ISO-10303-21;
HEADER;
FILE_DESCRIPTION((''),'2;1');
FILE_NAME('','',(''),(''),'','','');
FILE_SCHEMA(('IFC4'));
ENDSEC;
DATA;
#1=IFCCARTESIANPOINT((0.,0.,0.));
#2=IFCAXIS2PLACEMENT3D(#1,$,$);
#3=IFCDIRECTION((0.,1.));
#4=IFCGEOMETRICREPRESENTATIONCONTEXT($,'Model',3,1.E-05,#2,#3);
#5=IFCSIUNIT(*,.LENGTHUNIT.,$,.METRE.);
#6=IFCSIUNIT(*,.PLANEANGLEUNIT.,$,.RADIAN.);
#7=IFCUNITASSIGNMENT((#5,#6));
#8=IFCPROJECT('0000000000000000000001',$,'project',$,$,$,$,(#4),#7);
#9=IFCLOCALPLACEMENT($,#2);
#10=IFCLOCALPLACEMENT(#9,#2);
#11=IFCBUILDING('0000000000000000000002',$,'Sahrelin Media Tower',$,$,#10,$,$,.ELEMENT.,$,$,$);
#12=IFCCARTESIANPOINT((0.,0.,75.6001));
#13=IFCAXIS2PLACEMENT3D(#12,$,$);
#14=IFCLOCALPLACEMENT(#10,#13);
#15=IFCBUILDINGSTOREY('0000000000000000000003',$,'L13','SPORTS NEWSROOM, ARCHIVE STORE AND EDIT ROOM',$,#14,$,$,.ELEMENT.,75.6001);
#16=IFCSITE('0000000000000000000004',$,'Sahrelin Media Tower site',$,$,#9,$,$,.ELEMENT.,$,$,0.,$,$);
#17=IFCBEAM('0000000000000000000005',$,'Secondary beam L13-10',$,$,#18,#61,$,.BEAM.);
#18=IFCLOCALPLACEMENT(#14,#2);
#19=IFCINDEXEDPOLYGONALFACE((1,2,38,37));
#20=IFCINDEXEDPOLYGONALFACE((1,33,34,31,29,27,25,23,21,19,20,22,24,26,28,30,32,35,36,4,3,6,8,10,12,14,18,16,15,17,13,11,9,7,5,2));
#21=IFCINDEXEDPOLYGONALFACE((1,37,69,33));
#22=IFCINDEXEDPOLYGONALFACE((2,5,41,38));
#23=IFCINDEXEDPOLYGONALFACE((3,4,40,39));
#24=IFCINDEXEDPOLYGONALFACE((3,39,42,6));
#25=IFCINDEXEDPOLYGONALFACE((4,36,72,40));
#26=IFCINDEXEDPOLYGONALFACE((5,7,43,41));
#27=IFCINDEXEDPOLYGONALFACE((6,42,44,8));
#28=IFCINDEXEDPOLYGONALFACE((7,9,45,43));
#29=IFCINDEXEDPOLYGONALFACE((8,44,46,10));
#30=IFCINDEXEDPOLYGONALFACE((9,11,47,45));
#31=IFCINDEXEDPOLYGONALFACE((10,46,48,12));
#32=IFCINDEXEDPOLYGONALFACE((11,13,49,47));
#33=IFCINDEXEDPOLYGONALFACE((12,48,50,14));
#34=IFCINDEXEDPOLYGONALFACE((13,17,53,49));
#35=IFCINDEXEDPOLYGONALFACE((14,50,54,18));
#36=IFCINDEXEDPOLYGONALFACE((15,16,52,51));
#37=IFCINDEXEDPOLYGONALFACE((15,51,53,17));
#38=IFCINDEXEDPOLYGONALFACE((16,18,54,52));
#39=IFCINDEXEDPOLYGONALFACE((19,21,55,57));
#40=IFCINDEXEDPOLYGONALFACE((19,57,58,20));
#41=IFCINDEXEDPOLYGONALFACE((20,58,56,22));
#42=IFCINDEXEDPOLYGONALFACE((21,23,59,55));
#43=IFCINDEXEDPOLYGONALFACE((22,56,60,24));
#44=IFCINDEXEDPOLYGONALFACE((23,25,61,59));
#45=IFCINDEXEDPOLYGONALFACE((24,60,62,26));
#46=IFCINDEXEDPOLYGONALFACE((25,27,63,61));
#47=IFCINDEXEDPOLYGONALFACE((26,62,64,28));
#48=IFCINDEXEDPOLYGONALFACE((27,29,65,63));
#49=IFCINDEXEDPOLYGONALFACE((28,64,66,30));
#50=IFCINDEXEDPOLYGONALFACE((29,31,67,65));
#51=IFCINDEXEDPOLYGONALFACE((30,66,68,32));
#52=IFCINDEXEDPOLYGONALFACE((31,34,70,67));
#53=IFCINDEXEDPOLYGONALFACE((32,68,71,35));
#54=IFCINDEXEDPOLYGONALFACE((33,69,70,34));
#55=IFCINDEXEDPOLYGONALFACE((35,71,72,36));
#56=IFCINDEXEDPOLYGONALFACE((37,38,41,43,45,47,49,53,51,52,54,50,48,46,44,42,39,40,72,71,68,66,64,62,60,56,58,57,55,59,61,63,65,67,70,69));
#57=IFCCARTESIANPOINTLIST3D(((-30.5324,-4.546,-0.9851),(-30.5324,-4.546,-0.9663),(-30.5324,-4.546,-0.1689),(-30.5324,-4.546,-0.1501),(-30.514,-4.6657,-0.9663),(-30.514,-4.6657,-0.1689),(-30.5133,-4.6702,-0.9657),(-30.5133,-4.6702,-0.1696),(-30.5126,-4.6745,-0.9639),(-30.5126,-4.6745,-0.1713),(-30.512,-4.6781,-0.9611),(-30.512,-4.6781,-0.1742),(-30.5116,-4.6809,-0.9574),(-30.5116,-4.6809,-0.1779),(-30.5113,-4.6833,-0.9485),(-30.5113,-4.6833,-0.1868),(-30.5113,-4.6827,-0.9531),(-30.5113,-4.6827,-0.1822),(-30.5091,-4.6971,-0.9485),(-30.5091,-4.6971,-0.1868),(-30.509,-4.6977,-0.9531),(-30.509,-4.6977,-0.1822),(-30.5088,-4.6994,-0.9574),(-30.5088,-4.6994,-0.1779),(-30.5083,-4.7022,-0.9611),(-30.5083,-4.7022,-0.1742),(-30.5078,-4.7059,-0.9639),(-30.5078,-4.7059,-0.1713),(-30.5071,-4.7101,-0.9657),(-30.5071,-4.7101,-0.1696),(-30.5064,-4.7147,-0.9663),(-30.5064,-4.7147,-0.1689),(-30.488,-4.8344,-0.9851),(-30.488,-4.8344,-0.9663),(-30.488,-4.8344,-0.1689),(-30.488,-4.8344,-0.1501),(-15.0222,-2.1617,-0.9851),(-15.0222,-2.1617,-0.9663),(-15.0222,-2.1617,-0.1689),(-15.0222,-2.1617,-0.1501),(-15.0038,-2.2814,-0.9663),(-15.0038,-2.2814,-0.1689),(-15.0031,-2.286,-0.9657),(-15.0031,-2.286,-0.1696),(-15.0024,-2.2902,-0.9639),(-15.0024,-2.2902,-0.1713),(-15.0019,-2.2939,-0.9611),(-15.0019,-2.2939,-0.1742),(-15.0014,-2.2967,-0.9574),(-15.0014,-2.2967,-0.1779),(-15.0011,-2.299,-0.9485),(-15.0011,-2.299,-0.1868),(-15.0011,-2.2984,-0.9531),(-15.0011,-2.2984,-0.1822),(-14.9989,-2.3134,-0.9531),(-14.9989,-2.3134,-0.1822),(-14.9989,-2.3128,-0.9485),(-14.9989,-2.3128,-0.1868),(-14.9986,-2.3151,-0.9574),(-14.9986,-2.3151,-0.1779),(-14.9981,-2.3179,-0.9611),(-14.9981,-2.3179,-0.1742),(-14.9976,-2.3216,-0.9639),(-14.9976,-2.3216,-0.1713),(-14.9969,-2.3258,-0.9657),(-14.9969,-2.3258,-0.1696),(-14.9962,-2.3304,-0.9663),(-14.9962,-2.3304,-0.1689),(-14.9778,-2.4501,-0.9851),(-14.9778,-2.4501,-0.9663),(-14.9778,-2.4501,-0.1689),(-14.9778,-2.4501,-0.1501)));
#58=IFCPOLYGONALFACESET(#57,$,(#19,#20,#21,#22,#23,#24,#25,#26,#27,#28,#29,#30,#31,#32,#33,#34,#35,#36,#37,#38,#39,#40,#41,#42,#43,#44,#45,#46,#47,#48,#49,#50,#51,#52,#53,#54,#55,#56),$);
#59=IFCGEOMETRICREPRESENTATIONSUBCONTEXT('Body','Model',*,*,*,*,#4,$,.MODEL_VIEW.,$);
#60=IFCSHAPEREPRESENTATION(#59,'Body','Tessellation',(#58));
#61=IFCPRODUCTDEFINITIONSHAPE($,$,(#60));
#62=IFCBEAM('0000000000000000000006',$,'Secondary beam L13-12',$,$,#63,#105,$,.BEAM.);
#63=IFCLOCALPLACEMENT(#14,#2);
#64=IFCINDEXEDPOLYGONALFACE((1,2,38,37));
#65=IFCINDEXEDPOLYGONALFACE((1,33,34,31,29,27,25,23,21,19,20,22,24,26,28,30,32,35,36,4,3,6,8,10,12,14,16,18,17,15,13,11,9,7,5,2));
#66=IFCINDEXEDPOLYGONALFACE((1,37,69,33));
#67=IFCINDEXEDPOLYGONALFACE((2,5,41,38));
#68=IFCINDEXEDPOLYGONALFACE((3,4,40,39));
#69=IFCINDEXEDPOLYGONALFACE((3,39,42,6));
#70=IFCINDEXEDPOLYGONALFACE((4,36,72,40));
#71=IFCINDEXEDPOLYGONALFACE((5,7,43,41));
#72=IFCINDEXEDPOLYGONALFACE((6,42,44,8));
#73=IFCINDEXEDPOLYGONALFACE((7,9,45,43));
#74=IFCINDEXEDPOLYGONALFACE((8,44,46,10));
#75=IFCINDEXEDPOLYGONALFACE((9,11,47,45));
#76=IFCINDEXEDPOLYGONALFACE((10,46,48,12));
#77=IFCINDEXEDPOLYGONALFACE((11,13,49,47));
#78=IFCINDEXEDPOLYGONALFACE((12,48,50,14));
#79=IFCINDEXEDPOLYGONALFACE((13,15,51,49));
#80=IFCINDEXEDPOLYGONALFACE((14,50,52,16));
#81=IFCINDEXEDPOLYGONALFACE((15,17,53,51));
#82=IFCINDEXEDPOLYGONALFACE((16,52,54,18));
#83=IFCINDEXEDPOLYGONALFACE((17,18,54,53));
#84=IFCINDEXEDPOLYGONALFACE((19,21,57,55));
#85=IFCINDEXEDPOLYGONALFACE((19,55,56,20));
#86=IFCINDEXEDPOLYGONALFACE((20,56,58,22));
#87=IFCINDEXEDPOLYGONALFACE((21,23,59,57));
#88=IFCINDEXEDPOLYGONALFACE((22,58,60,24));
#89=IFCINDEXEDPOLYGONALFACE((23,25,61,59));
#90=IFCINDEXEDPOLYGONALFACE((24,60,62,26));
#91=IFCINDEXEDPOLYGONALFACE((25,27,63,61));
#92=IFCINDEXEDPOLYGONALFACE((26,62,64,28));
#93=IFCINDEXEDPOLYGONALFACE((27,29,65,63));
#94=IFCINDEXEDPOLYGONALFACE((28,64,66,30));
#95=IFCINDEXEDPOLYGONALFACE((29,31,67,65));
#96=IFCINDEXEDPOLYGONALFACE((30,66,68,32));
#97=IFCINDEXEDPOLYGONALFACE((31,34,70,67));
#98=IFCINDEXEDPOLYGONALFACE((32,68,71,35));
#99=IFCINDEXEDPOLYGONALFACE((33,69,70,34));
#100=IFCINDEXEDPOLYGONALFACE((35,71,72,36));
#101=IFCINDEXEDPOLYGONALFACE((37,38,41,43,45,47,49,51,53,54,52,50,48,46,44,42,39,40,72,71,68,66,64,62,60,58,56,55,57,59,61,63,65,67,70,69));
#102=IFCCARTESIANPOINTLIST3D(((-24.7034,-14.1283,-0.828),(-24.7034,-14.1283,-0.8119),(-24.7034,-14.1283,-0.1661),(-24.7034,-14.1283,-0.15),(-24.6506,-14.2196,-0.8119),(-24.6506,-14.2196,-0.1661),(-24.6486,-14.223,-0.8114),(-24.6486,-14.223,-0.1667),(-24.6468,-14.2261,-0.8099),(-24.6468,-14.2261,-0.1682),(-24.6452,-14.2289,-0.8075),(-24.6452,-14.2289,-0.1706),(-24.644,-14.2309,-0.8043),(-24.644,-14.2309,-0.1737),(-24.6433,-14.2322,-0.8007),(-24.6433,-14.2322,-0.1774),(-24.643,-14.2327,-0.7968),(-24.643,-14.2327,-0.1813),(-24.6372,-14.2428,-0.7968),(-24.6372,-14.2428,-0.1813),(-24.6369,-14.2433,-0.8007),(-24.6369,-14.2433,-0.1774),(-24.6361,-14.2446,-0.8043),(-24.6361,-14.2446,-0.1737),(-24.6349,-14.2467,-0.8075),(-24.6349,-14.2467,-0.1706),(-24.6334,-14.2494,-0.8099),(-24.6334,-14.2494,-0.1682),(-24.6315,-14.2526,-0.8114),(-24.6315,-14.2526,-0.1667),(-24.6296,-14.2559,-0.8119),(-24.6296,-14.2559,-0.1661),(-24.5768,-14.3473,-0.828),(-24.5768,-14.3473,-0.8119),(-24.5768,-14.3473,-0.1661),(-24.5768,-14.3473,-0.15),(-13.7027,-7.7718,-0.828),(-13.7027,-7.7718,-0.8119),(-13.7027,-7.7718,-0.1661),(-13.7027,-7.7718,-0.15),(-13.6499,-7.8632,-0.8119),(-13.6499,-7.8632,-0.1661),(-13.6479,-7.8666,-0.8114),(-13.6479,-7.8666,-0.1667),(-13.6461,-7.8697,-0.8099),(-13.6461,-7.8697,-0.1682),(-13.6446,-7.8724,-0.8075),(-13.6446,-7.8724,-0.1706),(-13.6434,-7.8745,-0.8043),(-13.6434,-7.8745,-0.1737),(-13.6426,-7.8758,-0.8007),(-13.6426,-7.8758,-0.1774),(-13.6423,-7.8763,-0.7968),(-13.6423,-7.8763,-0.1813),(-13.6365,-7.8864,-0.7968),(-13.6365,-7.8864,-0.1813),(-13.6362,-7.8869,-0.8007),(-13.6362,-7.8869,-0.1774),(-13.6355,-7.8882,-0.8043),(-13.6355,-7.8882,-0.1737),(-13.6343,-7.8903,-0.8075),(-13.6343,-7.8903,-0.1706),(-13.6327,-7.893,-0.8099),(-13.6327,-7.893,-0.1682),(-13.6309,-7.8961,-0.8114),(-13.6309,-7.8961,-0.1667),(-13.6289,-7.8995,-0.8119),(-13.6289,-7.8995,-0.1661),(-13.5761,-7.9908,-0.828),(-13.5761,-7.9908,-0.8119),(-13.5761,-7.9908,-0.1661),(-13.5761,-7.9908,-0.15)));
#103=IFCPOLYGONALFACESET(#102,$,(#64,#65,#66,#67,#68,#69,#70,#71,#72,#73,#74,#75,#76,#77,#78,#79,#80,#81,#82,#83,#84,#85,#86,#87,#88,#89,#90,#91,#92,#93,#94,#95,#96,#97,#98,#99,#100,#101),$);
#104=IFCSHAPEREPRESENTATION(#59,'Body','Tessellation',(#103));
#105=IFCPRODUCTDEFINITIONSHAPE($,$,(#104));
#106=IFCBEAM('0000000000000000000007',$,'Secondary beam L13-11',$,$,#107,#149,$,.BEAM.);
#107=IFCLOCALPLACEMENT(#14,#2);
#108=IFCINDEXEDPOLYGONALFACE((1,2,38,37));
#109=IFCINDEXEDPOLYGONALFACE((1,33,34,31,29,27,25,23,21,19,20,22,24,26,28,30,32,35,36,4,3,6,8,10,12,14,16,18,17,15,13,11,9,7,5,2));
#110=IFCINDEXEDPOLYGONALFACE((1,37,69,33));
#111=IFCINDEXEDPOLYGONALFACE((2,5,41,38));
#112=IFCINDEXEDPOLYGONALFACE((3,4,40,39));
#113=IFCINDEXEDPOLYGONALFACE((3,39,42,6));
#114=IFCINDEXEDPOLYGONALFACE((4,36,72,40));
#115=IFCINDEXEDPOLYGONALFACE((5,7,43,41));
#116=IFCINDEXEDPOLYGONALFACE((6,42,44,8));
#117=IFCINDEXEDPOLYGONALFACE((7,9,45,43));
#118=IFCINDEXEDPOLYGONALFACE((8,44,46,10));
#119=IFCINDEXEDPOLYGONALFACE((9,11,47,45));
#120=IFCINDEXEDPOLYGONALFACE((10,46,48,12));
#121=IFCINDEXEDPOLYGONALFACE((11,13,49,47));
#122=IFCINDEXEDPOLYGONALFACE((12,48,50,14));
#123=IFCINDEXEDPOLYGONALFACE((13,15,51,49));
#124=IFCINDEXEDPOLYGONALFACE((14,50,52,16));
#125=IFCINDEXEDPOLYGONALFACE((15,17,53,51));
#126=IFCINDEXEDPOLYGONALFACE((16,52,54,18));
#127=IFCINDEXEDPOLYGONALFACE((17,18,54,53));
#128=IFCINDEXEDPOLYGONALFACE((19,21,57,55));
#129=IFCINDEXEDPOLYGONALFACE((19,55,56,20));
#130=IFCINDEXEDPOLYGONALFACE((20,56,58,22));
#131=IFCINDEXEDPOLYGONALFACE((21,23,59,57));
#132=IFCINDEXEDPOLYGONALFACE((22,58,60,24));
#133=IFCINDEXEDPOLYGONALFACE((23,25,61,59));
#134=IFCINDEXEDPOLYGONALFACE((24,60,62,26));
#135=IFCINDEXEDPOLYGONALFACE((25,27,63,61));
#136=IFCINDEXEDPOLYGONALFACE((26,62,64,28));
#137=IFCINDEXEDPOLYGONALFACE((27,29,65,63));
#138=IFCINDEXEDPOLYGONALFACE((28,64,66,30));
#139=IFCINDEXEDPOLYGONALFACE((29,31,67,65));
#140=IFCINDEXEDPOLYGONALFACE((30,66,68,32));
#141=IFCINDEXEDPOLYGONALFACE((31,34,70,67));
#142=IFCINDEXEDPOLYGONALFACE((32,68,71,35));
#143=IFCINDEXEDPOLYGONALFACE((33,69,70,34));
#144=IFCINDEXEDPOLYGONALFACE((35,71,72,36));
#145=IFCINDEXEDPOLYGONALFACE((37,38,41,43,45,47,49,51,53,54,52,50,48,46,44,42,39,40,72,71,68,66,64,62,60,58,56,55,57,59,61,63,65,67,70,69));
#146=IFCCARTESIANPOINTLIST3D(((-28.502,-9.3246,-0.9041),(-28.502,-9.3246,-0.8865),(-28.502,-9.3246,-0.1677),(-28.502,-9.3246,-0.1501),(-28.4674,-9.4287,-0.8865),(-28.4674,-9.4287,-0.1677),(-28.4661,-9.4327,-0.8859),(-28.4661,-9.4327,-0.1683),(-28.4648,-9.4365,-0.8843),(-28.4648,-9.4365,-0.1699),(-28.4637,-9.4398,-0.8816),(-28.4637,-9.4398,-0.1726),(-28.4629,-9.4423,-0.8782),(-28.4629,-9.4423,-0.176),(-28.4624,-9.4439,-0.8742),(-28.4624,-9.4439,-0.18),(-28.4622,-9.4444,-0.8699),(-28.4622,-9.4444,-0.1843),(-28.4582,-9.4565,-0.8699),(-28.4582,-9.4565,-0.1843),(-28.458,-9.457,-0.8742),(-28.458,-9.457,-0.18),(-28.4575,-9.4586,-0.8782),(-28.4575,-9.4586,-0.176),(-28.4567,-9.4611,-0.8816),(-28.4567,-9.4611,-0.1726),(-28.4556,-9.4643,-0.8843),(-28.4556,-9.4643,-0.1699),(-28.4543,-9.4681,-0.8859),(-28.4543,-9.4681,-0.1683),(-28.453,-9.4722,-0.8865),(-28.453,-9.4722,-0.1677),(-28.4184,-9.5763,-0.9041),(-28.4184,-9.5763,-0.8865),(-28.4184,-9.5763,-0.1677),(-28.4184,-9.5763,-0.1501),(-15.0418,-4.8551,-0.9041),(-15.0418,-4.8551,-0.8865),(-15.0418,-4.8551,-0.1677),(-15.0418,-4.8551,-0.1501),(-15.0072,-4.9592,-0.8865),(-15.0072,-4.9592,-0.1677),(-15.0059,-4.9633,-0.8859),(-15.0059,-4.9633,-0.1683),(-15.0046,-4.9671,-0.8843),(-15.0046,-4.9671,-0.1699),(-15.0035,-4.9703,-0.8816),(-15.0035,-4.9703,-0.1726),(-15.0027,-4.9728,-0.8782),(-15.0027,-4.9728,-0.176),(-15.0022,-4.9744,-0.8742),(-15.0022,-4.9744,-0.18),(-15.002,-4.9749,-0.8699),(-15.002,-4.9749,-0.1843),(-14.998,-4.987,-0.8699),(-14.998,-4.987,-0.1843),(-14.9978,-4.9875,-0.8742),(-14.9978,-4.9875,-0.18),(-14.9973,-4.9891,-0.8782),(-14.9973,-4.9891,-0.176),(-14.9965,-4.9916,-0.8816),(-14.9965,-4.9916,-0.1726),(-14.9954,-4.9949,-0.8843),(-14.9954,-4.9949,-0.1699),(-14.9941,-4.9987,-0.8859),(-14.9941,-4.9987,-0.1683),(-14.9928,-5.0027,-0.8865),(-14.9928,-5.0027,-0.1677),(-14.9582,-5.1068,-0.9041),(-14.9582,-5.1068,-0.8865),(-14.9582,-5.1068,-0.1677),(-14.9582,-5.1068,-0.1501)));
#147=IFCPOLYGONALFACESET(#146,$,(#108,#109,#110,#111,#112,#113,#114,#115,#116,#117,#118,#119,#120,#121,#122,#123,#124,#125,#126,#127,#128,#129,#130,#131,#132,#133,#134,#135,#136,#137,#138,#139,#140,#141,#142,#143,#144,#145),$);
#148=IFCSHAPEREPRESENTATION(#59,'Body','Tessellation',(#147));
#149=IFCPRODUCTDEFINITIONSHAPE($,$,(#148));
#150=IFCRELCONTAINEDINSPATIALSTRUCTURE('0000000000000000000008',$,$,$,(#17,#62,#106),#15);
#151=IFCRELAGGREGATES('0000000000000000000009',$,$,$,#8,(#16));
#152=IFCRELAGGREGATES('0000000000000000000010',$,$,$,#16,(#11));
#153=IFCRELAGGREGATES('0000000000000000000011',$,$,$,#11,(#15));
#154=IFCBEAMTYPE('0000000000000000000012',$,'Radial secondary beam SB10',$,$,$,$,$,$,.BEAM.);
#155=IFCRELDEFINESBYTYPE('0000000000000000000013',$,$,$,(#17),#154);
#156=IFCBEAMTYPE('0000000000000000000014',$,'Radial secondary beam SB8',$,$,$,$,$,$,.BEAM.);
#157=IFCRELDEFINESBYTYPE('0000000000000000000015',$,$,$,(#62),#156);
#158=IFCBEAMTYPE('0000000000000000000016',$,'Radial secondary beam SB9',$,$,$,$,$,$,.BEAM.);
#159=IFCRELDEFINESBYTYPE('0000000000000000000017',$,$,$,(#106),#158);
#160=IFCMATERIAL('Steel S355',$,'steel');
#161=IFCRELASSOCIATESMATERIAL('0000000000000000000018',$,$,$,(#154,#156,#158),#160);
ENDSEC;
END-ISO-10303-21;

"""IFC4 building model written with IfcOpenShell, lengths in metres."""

from ifc_helpers import new_model, si_unit, direction, frame, origin, origin_2d, place, context, subcontext, project, spatial, i_section, extrude, material, material_profile, profile_set, type_object, element, save


model = new_model("IFC4")

# Units and contexts
model_context = context("Model", 3, precision=1e-05, world=origin(), true_north=direction((0.0, 1.0)))
body_context = subcontext(model_context, "Body", "Model", "MODEL_VIEW")
ifc_project = project(units=[si_unit("LENGTHUNIT", "METRE"), si_unit("PLANEANGLEUNIT", "RADIAN")], contexts=[model_context])

# Site, building, storey
site_placement = place(None, origin())
site = spatial("IfcSite", under=ifc_project, at=site_placement, Name="Sahrelin Media Tower site", CompositionType="ELEMENT", RefElevation=0.0)
building_placement = place(site_placement, origin())
building = spatial("IfcBuilding", under=site, at=building_placement, Name="Sahrelin Media Tower", CompositionType="ELEMENT")
storey_placement = place(building_placement, frame((0.0, 0.0, 75.6001)))
storey = spatial("IfcBuildingStorey", under=building, at=storey_placement, Name="L13", Description="SPORTS NEWSROOM, ARCHIVE STORE AND EDIT ROOM", CompositionType="ELEMENT", Elevation=75.6001)

# Beams
ifc_material_1 = material(Name="Steel S355", Category="steel")
ifc_material_profile_1 = material_profile(ifc_material_1, i_section(OverallWidth=0.2917, OverallDepth=0.835, WebThickness=0.0139, FlangeThickness=0.0188, FilletRadius=0.0178, at=origin_2d()), Name="UB 838x292x176")
ifc_profile_set_1 = profile_set([ifc_material_profile_1], Name="Steel S355")
beam_type_1 = type_object("IfcBeamType", Name="Radial secondary beam SB10", PredefinedType="BEAM", material=ifc_profile_set_1)
beam_1_placement = place(storey_placement, frame((-15.0, -2.3059, -0.5676), z_axis=(-0.98839, -0.151938, 0.0), x_axis=(0.151938, -0.98839, 0.0)))
element("IfcBeam", 1, at=beam_1_placement, inside=storey, type_object=beam_type_1, Name="Secondary beam L13-10", PredefinedType="BEAM", context=body_context, shape_type="SweptSolid", body=[
    extrude(i_section(OverallWidth=0.2917, OverallDepth=0.835, WebThickness=0.0139, FlangeThickness=0.0188, FilletRadius=0.0178, at=origin_2d()), origin(), (0.0, 0.0, 1.0), 15.6924),
])
ifc_material_profile_2 = material_profile(ifc_material_1, i_section(OverallWidth=0.2529, OverallDepth=0.678, WebThickness=0.0117, FlangeThickness=0.0161, FilletRadius=0.0151, at=origin_2d()), Name="UB 686x254x125")
ifc_profile_set_2 = profile_set([ifc_material_profile_2], Name="Steel S355")
beam_type_2 = type_object("IfcBeamType", Name="Radial secondary beam SB8", PredefinedType="BEAM", material=ifc_profile_set_2)
beam_2_placement = place(storey_placement, frame((-13.6394, -7.8813, -0.489), z_axis=(-0.865849, -0.500305, 0.0), x_axis=(0.500305, -0.865849, 0.0)))
element("IfcBeam", 2, at=beam_2_placement, inside=storey, type_object=beam_type_2, Name="Secondary beam L13-12", PredefinedType="BEAM", context=body_context, shape_type="SweptSolid", body=[
    extrude(i_section(OverallWidth=0.2529, OverallDepth=0.678, WebThickness=0.0117, FlangeThickness=0.0161, FilletRadius=0.0151, at=origin_2d()), origin(), (0.0, 0.0, 1.0), 12.7051),
])
ifc_material_profile_3 = material_profile(ifc_material_1, i_section(OverallWidth=0.2651, OverallDepth=0.7539, WebThickness=0.0127, FlangeThickness=0.0176, FilletRadius=0.0166, at=origin_2d()), Name="UB 762x267x147")
ifc_profile_set_3 = profile_set([ifc_material_profile_3], Name="Steel S355")
beam_type_3 = type_object("IfcBeamType", Name="Radial secondary beam SB9", PredefinedType="BEAM", material=ifc_profile_set_3)
beam_3_placement = place(storey_placement, frame((-15.0, -4.981, -0.5271), z_axis=(-0.949048, -0.315133, 0.0), x_axis=(0.315133, -0.949048, 0.0)))
element("IfcBeam", 3, at=beam_3_placement, inside=storey, type_object=beam_type_3, Name="Secondary beam L13-11", PredefinedType="BEAM", context=body_context, shape_type="SweptSolid", body=[
    extrude(i_section(OverallWidth=0.2651, OverallDepth=0.7539, WebThickness=0.0127, FlangeThickness=0.0176, FilletRadius=0.0166, at=origin_2d()), origin(), (0.0, 0.0, 1.0), 14.1829),
])

save(model, "model.ifc")
